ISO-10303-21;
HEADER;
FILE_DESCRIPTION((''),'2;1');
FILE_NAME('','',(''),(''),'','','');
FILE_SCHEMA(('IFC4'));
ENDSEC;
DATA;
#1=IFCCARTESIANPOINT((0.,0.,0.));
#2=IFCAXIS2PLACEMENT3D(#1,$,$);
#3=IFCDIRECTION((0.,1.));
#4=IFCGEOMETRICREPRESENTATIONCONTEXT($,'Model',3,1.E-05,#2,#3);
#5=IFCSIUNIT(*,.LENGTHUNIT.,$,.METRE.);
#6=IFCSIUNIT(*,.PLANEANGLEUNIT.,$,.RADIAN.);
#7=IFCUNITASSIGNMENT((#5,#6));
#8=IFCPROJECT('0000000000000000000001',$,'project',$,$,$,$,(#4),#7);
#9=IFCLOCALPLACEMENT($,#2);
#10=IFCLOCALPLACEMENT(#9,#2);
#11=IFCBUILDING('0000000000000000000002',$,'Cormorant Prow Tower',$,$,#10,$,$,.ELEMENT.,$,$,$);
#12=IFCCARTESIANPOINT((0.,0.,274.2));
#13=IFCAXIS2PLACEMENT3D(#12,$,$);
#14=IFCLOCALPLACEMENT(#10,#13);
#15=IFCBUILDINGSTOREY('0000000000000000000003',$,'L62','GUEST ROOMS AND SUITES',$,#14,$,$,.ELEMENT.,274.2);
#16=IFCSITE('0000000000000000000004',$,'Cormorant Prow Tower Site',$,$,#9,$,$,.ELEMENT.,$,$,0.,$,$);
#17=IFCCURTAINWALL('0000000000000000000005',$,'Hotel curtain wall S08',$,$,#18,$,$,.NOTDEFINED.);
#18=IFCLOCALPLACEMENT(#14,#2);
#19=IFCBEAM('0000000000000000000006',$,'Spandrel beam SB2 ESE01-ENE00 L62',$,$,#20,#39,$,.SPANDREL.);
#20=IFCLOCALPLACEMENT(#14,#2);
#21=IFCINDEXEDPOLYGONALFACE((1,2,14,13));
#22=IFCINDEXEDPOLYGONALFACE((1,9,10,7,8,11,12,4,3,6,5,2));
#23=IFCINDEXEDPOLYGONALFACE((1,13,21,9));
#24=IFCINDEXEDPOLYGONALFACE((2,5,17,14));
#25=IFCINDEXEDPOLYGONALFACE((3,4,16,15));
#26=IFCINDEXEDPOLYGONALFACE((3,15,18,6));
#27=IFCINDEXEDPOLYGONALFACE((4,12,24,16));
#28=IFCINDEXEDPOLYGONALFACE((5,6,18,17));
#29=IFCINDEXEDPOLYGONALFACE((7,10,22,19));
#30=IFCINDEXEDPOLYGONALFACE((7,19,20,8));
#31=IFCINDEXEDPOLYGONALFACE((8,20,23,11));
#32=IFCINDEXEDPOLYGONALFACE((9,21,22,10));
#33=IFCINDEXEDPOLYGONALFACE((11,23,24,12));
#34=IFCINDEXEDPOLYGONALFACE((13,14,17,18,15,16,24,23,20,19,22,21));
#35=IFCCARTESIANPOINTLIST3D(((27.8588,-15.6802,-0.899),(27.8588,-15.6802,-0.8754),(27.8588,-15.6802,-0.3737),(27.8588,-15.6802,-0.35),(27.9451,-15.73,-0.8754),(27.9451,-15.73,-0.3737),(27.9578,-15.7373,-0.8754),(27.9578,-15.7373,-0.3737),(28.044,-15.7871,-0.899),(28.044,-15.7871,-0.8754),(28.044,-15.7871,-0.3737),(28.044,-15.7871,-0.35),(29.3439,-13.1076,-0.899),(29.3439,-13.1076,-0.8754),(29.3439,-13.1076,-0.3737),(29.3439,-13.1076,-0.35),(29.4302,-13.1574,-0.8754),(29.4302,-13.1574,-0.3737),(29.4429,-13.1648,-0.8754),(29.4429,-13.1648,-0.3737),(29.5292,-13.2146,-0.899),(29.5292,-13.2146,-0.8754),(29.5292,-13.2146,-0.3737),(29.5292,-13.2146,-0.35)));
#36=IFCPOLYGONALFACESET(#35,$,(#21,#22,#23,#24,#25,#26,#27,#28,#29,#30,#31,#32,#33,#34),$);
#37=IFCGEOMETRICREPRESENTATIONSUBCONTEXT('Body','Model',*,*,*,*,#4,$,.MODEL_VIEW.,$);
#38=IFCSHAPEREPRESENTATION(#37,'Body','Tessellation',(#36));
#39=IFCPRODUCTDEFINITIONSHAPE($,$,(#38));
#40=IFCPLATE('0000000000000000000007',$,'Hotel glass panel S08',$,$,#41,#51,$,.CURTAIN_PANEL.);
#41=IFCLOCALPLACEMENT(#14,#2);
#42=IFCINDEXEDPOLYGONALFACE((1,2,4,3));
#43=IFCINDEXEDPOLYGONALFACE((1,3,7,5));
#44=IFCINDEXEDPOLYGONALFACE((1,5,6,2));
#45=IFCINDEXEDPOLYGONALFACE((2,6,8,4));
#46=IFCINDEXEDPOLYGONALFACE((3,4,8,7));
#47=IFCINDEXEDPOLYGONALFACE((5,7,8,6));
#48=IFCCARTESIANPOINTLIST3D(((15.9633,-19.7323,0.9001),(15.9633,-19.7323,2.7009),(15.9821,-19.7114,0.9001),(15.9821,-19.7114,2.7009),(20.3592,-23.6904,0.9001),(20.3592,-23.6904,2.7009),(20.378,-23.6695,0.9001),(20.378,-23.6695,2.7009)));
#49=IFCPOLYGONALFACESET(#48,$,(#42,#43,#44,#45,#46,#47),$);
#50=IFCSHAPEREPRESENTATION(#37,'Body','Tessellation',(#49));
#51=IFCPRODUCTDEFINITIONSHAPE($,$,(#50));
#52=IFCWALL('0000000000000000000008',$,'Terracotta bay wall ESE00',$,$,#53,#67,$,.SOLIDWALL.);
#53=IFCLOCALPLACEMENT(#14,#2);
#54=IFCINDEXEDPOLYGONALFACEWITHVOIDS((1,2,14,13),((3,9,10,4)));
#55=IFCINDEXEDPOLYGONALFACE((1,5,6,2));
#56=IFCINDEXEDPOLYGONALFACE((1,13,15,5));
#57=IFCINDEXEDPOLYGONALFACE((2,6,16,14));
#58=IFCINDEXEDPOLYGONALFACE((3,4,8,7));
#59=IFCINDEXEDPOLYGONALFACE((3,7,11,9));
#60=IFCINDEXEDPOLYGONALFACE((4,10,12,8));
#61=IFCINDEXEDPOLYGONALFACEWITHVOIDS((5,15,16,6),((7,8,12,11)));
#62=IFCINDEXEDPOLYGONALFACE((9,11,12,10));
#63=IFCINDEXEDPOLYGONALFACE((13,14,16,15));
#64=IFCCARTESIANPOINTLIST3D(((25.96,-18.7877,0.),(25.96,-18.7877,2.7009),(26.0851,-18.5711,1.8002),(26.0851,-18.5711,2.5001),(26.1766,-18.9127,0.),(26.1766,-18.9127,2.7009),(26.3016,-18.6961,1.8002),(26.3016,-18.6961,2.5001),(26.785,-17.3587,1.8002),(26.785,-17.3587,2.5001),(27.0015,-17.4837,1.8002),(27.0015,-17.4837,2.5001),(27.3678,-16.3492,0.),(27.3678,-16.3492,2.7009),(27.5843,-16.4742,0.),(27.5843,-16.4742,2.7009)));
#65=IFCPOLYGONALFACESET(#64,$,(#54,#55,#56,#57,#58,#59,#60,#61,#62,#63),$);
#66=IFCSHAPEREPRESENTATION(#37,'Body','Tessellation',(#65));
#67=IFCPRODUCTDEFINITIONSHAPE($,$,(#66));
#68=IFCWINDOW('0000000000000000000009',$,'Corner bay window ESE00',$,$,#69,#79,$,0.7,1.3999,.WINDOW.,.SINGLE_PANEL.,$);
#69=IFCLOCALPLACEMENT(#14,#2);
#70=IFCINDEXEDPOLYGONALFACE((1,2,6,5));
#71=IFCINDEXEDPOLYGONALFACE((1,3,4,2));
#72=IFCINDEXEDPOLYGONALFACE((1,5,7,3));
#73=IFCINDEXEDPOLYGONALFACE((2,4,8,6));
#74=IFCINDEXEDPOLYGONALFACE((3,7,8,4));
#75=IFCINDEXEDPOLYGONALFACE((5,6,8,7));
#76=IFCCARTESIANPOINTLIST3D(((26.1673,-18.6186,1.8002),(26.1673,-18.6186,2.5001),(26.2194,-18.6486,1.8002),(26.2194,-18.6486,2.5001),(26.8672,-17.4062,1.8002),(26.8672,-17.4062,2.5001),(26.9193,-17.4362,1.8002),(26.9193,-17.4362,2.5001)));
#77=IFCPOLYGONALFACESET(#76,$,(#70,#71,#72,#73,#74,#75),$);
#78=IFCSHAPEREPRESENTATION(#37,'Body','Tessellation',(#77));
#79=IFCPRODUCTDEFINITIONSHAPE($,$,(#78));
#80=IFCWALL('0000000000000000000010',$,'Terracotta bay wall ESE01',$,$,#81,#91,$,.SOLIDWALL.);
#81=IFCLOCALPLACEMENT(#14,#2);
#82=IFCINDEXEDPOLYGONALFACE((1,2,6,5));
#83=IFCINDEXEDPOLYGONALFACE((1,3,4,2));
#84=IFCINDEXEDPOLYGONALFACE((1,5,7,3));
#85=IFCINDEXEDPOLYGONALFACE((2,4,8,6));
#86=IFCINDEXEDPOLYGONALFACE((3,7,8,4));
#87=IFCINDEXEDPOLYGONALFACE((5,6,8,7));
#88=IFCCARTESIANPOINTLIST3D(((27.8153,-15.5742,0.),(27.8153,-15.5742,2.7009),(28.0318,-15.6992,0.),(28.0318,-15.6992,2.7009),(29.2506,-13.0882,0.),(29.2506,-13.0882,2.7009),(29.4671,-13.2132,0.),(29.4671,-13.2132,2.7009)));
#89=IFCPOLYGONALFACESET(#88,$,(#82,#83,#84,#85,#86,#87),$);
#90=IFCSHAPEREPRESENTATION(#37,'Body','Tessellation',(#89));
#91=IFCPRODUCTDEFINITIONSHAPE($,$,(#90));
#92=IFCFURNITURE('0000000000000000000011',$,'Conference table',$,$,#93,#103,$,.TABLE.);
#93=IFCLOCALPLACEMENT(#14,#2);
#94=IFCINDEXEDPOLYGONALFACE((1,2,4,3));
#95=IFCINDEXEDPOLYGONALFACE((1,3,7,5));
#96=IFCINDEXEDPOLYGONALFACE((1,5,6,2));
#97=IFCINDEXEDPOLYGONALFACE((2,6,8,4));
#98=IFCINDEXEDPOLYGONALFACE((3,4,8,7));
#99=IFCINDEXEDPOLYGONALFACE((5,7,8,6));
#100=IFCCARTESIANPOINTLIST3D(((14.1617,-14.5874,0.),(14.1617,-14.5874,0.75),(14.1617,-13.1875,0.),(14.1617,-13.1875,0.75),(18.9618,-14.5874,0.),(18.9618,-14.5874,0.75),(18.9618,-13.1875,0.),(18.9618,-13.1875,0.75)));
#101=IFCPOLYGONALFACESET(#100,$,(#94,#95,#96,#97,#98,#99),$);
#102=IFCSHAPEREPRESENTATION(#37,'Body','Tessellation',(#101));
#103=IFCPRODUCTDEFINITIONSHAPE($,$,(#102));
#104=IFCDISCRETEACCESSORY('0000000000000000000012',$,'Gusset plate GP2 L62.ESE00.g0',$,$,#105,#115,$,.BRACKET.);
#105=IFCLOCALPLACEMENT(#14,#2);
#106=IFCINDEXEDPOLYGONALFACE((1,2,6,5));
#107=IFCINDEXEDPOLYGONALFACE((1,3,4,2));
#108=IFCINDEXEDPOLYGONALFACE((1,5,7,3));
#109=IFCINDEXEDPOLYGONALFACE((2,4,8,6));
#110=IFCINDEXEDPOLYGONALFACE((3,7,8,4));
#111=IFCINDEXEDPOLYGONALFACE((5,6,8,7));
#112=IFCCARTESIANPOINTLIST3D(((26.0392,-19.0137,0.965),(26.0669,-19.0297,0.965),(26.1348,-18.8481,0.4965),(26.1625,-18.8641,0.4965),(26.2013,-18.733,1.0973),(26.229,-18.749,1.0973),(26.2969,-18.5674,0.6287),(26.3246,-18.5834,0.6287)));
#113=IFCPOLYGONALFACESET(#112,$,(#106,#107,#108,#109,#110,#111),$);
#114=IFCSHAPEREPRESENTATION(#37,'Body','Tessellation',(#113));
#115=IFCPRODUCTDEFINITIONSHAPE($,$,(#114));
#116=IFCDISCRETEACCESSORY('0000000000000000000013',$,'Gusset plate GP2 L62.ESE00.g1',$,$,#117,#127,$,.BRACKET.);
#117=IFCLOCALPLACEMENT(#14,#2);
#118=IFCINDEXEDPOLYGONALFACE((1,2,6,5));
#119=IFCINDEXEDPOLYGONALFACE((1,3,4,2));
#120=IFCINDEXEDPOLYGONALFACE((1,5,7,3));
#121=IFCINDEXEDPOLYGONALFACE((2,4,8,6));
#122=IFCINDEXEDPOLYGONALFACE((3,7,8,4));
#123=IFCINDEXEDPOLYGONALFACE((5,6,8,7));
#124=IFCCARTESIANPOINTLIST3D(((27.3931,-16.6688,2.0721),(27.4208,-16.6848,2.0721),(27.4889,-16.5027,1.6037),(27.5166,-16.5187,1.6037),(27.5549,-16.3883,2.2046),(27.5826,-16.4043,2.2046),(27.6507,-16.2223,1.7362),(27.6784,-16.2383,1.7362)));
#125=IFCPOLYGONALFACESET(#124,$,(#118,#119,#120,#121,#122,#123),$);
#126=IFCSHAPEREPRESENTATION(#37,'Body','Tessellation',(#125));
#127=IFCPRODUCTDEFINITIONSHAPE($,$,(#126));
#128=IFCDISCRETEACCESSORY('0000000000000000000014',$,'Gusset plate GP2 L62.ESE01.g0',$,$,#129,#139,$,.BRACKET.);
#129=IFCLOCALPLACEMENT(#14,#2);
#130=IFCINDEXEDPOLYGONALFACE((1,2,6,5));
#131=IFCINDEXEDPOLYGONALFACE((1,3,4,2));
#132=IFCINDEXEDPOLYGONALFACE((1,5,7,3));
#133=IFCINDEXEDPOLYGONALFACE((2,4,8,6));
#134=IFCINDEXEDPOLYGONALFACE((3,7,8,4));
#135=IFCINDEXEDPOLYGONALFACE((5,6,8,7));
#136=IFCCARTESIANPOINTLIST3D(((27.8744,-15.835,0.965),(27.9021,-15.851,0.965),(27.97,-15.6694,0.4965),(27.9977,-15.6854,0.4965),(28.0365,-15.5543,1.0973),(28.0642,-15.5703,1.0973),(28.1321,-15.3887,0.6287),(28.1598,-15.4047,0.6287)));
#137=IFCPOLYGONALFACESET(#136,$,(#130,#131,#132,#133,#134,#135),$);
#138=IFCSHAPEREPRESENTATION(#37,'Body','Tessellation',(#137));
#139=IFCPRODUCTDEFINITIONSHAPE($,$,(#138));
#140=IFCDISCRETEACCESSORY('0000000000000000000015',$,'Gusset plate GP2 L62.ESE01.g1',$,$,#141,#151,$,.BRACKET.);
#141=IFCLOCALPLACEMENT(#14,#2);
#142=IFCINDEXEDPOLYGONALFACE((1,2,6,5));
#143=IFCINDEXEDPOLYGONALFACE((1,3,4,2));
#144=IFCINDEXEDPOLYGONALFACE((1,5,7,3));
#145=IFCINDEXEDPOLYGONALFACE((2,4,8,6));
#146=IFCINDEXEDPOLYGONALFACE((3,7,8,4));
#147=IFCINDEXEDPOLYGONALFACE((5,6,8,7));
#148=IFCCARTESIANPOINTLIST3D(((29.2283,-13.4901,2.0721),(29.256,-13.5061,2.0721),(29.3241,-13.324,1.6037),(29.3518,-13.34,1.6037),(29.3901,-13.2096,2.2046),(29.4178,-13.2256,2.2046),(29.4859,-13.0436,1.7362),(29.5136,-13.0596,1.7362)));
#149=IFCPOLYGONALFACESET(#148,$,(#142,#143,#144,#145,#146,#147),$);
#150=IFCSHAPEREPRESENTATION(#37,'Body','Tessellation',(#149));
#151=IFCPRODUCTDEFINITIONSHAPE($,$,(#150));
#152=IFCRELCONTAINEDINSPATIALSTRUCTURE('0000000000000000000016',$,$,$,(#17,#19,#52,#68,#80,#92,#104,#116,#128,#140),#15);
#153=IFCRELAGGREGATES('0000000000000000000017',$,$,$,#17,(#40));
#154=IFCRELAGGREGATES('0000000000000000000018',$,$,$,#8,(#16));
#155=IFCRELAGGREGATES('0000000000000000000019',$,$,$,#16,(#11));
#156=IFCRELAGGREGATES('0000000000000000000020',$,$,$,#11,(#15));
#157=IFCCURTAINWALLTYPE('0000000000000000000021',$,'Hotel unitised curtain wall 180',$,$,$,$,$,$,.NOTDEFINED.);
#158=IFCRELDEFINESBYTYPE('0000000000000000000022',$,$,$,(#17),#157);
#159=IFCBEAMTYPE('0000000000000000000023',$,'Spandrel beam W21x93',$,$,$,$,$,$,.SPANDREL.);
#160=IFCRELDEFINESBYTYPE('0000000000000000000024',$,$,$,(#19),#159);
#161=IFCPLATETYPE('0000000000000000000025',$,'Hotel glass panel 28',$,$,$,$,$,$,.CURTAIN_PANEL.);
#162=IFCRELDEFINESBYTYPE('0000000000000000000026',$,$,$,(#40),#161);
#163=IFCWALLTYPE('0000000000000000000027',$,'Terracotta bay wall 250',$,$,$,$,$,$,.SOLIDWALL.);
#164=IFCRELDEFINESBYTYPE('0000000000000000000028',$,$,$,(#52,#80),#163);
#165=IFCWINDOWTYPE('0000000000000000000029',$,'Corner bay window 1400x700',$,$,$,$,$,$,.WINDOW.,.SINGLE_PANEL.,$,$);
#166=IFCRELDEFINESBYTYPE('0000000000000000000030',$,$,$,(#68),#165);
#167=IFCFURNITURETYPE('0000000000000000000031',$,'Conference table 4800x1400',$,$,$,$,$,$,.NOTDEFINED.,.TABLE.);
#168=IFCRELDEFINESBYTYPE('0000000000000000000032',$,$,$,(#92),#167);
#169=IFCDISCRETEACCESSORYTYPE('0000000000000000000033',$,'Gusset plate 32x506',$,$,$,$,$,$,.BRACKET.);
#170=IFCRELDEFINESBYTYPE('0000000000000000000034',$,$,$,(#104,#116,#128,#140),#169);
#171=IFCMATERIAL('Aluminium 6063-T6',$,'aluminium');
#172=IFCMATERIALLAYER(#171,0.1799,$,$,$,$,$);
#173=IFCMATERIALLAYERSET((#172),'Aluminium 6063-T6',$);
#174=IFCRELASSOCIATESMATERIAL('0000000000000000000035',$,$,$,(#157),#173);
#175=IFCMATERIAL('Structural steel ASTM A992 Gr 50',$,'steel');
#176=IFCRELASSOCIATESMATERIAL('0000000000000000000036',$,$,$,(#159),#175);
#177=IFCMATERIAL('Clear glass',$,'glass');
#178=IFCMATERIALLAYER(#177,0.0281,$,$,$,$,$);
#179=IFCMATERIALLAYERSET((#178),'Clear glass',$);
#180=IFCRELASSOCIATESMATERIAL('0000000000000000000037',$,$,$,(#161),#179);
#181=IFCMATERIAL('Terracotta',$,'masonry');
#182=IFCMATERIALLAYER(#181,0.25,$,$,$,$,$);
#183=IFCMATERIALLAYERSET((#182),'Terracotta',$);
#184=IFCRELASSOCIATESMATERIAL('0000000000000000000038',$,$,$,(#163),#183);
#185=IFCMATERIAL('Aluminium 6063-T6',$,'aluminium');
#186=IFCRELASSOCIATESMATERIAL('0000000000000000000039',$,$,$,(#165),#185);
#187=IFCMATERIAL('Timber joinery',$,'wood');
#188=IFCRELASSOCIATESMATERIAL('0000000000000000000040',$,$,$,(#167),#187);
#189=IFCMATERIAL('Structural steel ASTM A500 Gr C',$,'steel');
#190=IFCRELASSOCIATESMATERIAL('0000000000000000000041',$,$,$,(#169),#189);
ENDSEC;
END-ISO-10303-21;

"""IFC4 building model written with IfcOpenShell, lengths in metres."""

from ifc_helpers import new_model, si_unit, direction, frame, frame_2d, origin, origin_2d, place, context, subcontext, project, spatial, rectangle, i_section, extrude, material, layer, layer_set, material_profile, profile_set, type_object, element, fill, aggregate, save


model = new_model("IFC4")

# Units and contexts
model_context = context("Model", 3, precision=1e-05, world=origin(), true_north=direction((0.0, 1.0)))
body_context = subcontext(model_context, "Body", "Model", "MODEL_VIEW")
ifc_project = project(units=[si_unit("LENGTHUNIT", "METRE"), si_unit("PLANEANGLEUNIT", "RADIAN")], contexts=[model_context])

# Site, building, storey
site_placement = place(None, origin())
site = spatial("IfcSite", under=ifc_project, at=site_placement, Name="Cormorant Prow Tower Site", CompositionType="ELEMENT", RefElevation=0.0)
building_placement = place(site_placement, origin())
building = spatial("IfcBuilding", under=site, at=building_placement, Name="Cormorant Prow Tower", CompositionType="ELEMENT")
storey_placement = place(building_placement, frame((0.0, 0.0, 274.2)))
storey = spatial("IfcBuildingStorey", under=building, at=storey_placement, Name="L62", Description="GUEST ROOMS AND SUITES", CompositionType="ELEMENT", Elevation=274.2)

# Curtain wall
ifc_material_1 = material(Name="Aluminium 6063-T6", Category="aluminium")
ifc_layer_1 = layer(ifc_material_1, 0.1799)
ifc_layer_set_1 = layer_set([ifc_layer_1], Name="Aluminium 6063-T6")
curtain_wall_type = type_object("IfcCurtainWallType", Name="Hotel unitised curtain wall 180", PredefinedType="NOTDEFINED", material=ifc_layer_set_1)
curtain_wall_placement = place(storey_placement, origin())
curtain_wall = element("IfcCurtainWall", 1, at=curtain_wall_placement, inside=storey, type_object=curtain_wall_type, Name="Hotel curtain wall S08", PredefinedType="NOTDEFINED")

# Beam
ifc_material_2 = material(Name="Structural steel ASTM A992 Gr 50", Category="steel")
ifc_material_profile_1 = material_profile(ifc_material_2, i_section(OverallWidth=0.2139, OverallDepth=0.5491, WebThickness=0.0146, FlangeThickness=0.0237, at=origin_2d()), Name="W21x93")
ifc_profile_set_1 = profile_set([ifc_material_profile_1], Name="Structural steel ASTM A992 Gr 50")
beam_type = type_object("IfcBeamType", Name="Spandrel beam W21x93", PredefinedType="SPANDREL", material=ifc_profile_set_1)
for number, where, z_axis, x_axis, name in (
    (2, (27.9514, -15.7336, -0.6245), (0.499967, 0.866045, 0.0), (-0.866045, 0.499967, 0.0), "Spandrel beam SB2 ESE01-ENE00 L62"),
):
    element("IfcBeam", number, at=place(storey_placement, frame(where, z_axis=z_axis, x_axis=x_axis)), inside=storey, type_object=beam_type, Name=name, PredefinedType="SPANDREL", context=body_context, shape_type="SweptSolid", body=[
        extrude(i_section(OverallWidth=0.2139, OverallDepth=0.5491, WebThickness=0.0146, FlangeThickness=0.0237, at=origin_2d()), origin(), (0.0, 0.0, 1.0), 2.9705),
    ])

# Plate
ifc_material_3 = material(Name="Clear glass", Category="glass")
ifc_layer_2 = layer(ifc_material_3, 0.0281)
ifc_layer_set_2 = layer_set([ifc_layer_2], Name="Clear glass")
plate_type = type_object("IfcPlateType", Name="Hotel glass panel 28", PredefinedType="CURTAIN_PANEL", material=ifc_layer_set_2)
plate_placement = place(storey_placement, frame((18.1707, -21.7009, 0.9001), z_axis=(0.0, 0.0, 1.0), x_axis=(0.743145, -0.669131, 0.0)))
plate = element("IfcPlate", 3, at=plate_placement, type_object=plate_type, Name="Hotel glass panel S08", PredefinedType="CURTAIN_PANEL", context=body_context, shape_type="SweptSolid", body=[
    extrude(rectangle(XDim=5.9153, YDim=0.0281, at=origin_2d()), origin(), (0.0, 0.0, 1.0), 1.8008),
])
aggregate(curtain_wall, [plate])

# Wall, opening, window
ifc_material_4 = material(Name="Terracotta", Category="masonry")
ifc_layer_3 = layer(ifc_material_4, 0.25)
ifc_layer_set_3 = layer_set([ifc_layer_3], Name="Terracotta")
wall_type_1 = type_object("IfcWallType", Name="Terracotta bay wall 250", PredefinedType="SOLIDWALL", material=ifc_layer_set_3)
wall_1_placement = place(storey_placement, frame((26.0684, -18.8501, 0.0), z_axis=(0.0, 0.0, 1.0), x_axis=(0.499963, 0.866047, 0.0)))
wall_1 = element("IfcWall", 4, at=wall_1_placement, inside=storey, type_object=wall_type_1, Name="Terracotta bay wall ESE00", PredefinedType="SOLIDWALL", context=body_context, shape_type="SweptSolid", body=[
    extrude(rectangle(XDim=2.8157, YDim=0.25, at=frame_2d((1.4077, 0.0))), origin(), (0.0, 0.0, 1.0), 2.7009),
])
opening_1_placement = place(wall_1_placement, frame((0.25, 0.0, 1.8)))
opening_1 = element("IfcOpeningElement", 5, at=opening_1_placement, cuts=wall_1, PredefinedType="OPENING", context=body_context, shape_type="SweptSolid", body=[
    extrude(rectangle(XDim=1.3999, YDim=0.7, at=frame_2d((0.7, 0.3501))), frame((0.0, 0.135, 0.0), z_axis=(0.0, -1.0, 0.0), x_axis=(1.0, 0.0, 0.0)), (0.0, 0.0, 1.0), 0.27),
])
ifc_material_5 = material(Name="Aluminium 6063-T6", Category="aluminium")
window_type = type_object("IfcWindowType", Name="Corner bay window 1400x700", PartitioningType="SINGLE_PANEL", PredefinedType="WINDOW", material=ifc_material_5)
window_placement = place(opening_1_placement, origin())
window = element("IfcWindow", 6, at=window_placement, inside=storey, type_object=window_type, Name="Corner bay window ESE00", OverallHeight=0.7, OverallWidth=1.3999, PartitioningType="SINGLE_PANEL", PredefinedType="WINDOW", context=body_context, shape_type="SweptSolid", body=[
    extrude(rectangle(XDim=1.3999, YDim=0.7, at=frame_2d((0.7, 0.3501))), frame((0.0, 0.03, 0.0), z_axis=(0.0, -1.0, 0.0), x_axis=(1.0, 0.0, 0.0)), (0.0, 0.0, 1.0), 0.0601),
])
fill(opening_1, window)

# Wall
wall_2_placement = place(storey_placement, frame((27.9236, -15.6367, 0.0), z_axis=(0.0, 0.0, 1.0), x_axis=(0.49999, 0.866031, 0.0)))
element("IfcWall", 7, at=wall_2_placement, inside=storey, type_object=wall_type_1, Name="Terracotta bay wall ESE01", PredefinedType="SOLIDWALL", context=body_context, shape_type="SweptSolid", body=[
    extrude(rectangle(XDim=2.8706, YDim=0.25, at=frame_2d((1.4353, 0.0))), origin(), (0.0, 0.0, 1.0), 2.7009),
])

# Furniture
ifc_material_6 = material(Name="Timber joinery", Category="wood")
furniture_type = type_object("IfcFurnitureType", Name="Conference table 4800x1400", AssemblyPlace="NOTDEFINED", PredefinedType="TABLE", material=ifc_material_6)
furniture_placement = place(storey_placement, frame((16.5618, -13.8875, 0.0), z_axis=(0.0, 0.0, 1.0), x_axis=(1.0, 0.0, 0.0)))
element("IfcFurniture", 8, at=furniture_placement, inside=storey, type_object=furniture_type, Name="Conference table", PredefinedType="TABLE", context=body_context, shape_type="SweptSolid", body=[
    extrude(rectangle(XDim=4.8, YDim=1.3999, at=origin_2d()), origin(), (0.0, 0.0, 1.0), 0.75),
])

# Discrete accessories
ifc_material_7 = material(Name="Structural steel ASTM A500 Gr C", Category="steel")
ifc_material_profile_2 = material_profile(ifc_material_7, rectangle(XDim=0.032, YDim=0.5061, at=origin_2d()), Name="Gusset plate 32x506")
ifc_profile_set_2 = profile_set([ifc_material_profile_2], Name="Structural steel ASTM A500 Gr C")
discrete_accessory_type = type_object("IfcDiscreteAccessoryType", Name="Gusset plate 32x506", PredefinedType="BRACKET", material=ifc_profile_set_2)
discrete_accessory_1_placement = place(storey_placement, frame((26.2629, -18.6582, 0.863), z_axis=(-0.46295, -0.801796, -0.37789), x_axis=(0.86601, -0.500027, 0.0)))
element("IfcDiscreteAccessory", 9, at=discrete_accessory_1_placement, inside=storey, type_object=discrete_accessory_type, Name="Gusset plate GP2 L62.ESE00.g0", PredefinedType="BRACKET", context=body_context, shape_type="SweptSolid", body=[
    extrude(rectangle(XDim=0.032, YDim=0.5061, at=origin_2d()), origin(), (0.0, 0.0, 1.0), 0.3501),
])
discrete_accessory_2_placement = place(storey_placement, frame((27.4548, -16.5938, 1.8379), z_axis=(0.462538, 0.801594, 0.378821), x_axis=(-0.866148, 0.499788, 0.0)))
element("IfcDiscreteAccessory", 10, at=discrete_accessory_2_placement, inside=storey, type_object=discrete_accessory_type, Name="Gusset plate GP2 L62.ESE00.g1", PredefinedType="BRACKET", context=body_context, shape_type="SweptSolid", body=[
    extrude(rectangle(XDim=0.032, YDim=0.5061, at=origin_2d()), origin(), (0.0, 0.0, 1.0), 0.3499),
])
discrete_accessory_3_placement = place(storey_placement, frame((28.0981, -15.4795, 0.863), z_axis=(-0.46295, -0.801796, -0.37789), x_axis=(0.86601, -0.500027, 0.0)))
element("IfcDiscreteAccessory", 11, at=discrete_accessory_3_placement, inside=storey, type_object=discrete_accessory_type, Name="Gusset plate GP2 L62.ESE01.g0", PredefinedType="BRACKET", context=body_context, shape_type="SweptSolid", body=[
    extrude(rectangle(XDim=0.032, YDim=0.5061, at=origin_2d()), origin(), (0.0, 0.0, 1.0), 0.3501),
])
discrete_accessory_4_placement = place(storey_placement, frame((29.29, -13.415, 1.8379), z_axis=(0.462538, 0.801594, 0.378821), x_axis=(-0.866148, 0.499788, 0.0)))
element("IfcDiscreteAccessory", 12, at=discrete_accessory_4_placement, inside=storey, type_object=discrete_accessory_type, Name="Gusset plate GP2 L62.ESE01.g1", PredefinedType="BRACKET", context=body_context, shape_type="SweptSolid", body=[
    extrude(rectangle(XDim=0.032, YDim=0.5061, at=origin_2d()), origin(), (0.0, 0.0, 1.0), 0.3499),
])

save(model, "model.ifc")
